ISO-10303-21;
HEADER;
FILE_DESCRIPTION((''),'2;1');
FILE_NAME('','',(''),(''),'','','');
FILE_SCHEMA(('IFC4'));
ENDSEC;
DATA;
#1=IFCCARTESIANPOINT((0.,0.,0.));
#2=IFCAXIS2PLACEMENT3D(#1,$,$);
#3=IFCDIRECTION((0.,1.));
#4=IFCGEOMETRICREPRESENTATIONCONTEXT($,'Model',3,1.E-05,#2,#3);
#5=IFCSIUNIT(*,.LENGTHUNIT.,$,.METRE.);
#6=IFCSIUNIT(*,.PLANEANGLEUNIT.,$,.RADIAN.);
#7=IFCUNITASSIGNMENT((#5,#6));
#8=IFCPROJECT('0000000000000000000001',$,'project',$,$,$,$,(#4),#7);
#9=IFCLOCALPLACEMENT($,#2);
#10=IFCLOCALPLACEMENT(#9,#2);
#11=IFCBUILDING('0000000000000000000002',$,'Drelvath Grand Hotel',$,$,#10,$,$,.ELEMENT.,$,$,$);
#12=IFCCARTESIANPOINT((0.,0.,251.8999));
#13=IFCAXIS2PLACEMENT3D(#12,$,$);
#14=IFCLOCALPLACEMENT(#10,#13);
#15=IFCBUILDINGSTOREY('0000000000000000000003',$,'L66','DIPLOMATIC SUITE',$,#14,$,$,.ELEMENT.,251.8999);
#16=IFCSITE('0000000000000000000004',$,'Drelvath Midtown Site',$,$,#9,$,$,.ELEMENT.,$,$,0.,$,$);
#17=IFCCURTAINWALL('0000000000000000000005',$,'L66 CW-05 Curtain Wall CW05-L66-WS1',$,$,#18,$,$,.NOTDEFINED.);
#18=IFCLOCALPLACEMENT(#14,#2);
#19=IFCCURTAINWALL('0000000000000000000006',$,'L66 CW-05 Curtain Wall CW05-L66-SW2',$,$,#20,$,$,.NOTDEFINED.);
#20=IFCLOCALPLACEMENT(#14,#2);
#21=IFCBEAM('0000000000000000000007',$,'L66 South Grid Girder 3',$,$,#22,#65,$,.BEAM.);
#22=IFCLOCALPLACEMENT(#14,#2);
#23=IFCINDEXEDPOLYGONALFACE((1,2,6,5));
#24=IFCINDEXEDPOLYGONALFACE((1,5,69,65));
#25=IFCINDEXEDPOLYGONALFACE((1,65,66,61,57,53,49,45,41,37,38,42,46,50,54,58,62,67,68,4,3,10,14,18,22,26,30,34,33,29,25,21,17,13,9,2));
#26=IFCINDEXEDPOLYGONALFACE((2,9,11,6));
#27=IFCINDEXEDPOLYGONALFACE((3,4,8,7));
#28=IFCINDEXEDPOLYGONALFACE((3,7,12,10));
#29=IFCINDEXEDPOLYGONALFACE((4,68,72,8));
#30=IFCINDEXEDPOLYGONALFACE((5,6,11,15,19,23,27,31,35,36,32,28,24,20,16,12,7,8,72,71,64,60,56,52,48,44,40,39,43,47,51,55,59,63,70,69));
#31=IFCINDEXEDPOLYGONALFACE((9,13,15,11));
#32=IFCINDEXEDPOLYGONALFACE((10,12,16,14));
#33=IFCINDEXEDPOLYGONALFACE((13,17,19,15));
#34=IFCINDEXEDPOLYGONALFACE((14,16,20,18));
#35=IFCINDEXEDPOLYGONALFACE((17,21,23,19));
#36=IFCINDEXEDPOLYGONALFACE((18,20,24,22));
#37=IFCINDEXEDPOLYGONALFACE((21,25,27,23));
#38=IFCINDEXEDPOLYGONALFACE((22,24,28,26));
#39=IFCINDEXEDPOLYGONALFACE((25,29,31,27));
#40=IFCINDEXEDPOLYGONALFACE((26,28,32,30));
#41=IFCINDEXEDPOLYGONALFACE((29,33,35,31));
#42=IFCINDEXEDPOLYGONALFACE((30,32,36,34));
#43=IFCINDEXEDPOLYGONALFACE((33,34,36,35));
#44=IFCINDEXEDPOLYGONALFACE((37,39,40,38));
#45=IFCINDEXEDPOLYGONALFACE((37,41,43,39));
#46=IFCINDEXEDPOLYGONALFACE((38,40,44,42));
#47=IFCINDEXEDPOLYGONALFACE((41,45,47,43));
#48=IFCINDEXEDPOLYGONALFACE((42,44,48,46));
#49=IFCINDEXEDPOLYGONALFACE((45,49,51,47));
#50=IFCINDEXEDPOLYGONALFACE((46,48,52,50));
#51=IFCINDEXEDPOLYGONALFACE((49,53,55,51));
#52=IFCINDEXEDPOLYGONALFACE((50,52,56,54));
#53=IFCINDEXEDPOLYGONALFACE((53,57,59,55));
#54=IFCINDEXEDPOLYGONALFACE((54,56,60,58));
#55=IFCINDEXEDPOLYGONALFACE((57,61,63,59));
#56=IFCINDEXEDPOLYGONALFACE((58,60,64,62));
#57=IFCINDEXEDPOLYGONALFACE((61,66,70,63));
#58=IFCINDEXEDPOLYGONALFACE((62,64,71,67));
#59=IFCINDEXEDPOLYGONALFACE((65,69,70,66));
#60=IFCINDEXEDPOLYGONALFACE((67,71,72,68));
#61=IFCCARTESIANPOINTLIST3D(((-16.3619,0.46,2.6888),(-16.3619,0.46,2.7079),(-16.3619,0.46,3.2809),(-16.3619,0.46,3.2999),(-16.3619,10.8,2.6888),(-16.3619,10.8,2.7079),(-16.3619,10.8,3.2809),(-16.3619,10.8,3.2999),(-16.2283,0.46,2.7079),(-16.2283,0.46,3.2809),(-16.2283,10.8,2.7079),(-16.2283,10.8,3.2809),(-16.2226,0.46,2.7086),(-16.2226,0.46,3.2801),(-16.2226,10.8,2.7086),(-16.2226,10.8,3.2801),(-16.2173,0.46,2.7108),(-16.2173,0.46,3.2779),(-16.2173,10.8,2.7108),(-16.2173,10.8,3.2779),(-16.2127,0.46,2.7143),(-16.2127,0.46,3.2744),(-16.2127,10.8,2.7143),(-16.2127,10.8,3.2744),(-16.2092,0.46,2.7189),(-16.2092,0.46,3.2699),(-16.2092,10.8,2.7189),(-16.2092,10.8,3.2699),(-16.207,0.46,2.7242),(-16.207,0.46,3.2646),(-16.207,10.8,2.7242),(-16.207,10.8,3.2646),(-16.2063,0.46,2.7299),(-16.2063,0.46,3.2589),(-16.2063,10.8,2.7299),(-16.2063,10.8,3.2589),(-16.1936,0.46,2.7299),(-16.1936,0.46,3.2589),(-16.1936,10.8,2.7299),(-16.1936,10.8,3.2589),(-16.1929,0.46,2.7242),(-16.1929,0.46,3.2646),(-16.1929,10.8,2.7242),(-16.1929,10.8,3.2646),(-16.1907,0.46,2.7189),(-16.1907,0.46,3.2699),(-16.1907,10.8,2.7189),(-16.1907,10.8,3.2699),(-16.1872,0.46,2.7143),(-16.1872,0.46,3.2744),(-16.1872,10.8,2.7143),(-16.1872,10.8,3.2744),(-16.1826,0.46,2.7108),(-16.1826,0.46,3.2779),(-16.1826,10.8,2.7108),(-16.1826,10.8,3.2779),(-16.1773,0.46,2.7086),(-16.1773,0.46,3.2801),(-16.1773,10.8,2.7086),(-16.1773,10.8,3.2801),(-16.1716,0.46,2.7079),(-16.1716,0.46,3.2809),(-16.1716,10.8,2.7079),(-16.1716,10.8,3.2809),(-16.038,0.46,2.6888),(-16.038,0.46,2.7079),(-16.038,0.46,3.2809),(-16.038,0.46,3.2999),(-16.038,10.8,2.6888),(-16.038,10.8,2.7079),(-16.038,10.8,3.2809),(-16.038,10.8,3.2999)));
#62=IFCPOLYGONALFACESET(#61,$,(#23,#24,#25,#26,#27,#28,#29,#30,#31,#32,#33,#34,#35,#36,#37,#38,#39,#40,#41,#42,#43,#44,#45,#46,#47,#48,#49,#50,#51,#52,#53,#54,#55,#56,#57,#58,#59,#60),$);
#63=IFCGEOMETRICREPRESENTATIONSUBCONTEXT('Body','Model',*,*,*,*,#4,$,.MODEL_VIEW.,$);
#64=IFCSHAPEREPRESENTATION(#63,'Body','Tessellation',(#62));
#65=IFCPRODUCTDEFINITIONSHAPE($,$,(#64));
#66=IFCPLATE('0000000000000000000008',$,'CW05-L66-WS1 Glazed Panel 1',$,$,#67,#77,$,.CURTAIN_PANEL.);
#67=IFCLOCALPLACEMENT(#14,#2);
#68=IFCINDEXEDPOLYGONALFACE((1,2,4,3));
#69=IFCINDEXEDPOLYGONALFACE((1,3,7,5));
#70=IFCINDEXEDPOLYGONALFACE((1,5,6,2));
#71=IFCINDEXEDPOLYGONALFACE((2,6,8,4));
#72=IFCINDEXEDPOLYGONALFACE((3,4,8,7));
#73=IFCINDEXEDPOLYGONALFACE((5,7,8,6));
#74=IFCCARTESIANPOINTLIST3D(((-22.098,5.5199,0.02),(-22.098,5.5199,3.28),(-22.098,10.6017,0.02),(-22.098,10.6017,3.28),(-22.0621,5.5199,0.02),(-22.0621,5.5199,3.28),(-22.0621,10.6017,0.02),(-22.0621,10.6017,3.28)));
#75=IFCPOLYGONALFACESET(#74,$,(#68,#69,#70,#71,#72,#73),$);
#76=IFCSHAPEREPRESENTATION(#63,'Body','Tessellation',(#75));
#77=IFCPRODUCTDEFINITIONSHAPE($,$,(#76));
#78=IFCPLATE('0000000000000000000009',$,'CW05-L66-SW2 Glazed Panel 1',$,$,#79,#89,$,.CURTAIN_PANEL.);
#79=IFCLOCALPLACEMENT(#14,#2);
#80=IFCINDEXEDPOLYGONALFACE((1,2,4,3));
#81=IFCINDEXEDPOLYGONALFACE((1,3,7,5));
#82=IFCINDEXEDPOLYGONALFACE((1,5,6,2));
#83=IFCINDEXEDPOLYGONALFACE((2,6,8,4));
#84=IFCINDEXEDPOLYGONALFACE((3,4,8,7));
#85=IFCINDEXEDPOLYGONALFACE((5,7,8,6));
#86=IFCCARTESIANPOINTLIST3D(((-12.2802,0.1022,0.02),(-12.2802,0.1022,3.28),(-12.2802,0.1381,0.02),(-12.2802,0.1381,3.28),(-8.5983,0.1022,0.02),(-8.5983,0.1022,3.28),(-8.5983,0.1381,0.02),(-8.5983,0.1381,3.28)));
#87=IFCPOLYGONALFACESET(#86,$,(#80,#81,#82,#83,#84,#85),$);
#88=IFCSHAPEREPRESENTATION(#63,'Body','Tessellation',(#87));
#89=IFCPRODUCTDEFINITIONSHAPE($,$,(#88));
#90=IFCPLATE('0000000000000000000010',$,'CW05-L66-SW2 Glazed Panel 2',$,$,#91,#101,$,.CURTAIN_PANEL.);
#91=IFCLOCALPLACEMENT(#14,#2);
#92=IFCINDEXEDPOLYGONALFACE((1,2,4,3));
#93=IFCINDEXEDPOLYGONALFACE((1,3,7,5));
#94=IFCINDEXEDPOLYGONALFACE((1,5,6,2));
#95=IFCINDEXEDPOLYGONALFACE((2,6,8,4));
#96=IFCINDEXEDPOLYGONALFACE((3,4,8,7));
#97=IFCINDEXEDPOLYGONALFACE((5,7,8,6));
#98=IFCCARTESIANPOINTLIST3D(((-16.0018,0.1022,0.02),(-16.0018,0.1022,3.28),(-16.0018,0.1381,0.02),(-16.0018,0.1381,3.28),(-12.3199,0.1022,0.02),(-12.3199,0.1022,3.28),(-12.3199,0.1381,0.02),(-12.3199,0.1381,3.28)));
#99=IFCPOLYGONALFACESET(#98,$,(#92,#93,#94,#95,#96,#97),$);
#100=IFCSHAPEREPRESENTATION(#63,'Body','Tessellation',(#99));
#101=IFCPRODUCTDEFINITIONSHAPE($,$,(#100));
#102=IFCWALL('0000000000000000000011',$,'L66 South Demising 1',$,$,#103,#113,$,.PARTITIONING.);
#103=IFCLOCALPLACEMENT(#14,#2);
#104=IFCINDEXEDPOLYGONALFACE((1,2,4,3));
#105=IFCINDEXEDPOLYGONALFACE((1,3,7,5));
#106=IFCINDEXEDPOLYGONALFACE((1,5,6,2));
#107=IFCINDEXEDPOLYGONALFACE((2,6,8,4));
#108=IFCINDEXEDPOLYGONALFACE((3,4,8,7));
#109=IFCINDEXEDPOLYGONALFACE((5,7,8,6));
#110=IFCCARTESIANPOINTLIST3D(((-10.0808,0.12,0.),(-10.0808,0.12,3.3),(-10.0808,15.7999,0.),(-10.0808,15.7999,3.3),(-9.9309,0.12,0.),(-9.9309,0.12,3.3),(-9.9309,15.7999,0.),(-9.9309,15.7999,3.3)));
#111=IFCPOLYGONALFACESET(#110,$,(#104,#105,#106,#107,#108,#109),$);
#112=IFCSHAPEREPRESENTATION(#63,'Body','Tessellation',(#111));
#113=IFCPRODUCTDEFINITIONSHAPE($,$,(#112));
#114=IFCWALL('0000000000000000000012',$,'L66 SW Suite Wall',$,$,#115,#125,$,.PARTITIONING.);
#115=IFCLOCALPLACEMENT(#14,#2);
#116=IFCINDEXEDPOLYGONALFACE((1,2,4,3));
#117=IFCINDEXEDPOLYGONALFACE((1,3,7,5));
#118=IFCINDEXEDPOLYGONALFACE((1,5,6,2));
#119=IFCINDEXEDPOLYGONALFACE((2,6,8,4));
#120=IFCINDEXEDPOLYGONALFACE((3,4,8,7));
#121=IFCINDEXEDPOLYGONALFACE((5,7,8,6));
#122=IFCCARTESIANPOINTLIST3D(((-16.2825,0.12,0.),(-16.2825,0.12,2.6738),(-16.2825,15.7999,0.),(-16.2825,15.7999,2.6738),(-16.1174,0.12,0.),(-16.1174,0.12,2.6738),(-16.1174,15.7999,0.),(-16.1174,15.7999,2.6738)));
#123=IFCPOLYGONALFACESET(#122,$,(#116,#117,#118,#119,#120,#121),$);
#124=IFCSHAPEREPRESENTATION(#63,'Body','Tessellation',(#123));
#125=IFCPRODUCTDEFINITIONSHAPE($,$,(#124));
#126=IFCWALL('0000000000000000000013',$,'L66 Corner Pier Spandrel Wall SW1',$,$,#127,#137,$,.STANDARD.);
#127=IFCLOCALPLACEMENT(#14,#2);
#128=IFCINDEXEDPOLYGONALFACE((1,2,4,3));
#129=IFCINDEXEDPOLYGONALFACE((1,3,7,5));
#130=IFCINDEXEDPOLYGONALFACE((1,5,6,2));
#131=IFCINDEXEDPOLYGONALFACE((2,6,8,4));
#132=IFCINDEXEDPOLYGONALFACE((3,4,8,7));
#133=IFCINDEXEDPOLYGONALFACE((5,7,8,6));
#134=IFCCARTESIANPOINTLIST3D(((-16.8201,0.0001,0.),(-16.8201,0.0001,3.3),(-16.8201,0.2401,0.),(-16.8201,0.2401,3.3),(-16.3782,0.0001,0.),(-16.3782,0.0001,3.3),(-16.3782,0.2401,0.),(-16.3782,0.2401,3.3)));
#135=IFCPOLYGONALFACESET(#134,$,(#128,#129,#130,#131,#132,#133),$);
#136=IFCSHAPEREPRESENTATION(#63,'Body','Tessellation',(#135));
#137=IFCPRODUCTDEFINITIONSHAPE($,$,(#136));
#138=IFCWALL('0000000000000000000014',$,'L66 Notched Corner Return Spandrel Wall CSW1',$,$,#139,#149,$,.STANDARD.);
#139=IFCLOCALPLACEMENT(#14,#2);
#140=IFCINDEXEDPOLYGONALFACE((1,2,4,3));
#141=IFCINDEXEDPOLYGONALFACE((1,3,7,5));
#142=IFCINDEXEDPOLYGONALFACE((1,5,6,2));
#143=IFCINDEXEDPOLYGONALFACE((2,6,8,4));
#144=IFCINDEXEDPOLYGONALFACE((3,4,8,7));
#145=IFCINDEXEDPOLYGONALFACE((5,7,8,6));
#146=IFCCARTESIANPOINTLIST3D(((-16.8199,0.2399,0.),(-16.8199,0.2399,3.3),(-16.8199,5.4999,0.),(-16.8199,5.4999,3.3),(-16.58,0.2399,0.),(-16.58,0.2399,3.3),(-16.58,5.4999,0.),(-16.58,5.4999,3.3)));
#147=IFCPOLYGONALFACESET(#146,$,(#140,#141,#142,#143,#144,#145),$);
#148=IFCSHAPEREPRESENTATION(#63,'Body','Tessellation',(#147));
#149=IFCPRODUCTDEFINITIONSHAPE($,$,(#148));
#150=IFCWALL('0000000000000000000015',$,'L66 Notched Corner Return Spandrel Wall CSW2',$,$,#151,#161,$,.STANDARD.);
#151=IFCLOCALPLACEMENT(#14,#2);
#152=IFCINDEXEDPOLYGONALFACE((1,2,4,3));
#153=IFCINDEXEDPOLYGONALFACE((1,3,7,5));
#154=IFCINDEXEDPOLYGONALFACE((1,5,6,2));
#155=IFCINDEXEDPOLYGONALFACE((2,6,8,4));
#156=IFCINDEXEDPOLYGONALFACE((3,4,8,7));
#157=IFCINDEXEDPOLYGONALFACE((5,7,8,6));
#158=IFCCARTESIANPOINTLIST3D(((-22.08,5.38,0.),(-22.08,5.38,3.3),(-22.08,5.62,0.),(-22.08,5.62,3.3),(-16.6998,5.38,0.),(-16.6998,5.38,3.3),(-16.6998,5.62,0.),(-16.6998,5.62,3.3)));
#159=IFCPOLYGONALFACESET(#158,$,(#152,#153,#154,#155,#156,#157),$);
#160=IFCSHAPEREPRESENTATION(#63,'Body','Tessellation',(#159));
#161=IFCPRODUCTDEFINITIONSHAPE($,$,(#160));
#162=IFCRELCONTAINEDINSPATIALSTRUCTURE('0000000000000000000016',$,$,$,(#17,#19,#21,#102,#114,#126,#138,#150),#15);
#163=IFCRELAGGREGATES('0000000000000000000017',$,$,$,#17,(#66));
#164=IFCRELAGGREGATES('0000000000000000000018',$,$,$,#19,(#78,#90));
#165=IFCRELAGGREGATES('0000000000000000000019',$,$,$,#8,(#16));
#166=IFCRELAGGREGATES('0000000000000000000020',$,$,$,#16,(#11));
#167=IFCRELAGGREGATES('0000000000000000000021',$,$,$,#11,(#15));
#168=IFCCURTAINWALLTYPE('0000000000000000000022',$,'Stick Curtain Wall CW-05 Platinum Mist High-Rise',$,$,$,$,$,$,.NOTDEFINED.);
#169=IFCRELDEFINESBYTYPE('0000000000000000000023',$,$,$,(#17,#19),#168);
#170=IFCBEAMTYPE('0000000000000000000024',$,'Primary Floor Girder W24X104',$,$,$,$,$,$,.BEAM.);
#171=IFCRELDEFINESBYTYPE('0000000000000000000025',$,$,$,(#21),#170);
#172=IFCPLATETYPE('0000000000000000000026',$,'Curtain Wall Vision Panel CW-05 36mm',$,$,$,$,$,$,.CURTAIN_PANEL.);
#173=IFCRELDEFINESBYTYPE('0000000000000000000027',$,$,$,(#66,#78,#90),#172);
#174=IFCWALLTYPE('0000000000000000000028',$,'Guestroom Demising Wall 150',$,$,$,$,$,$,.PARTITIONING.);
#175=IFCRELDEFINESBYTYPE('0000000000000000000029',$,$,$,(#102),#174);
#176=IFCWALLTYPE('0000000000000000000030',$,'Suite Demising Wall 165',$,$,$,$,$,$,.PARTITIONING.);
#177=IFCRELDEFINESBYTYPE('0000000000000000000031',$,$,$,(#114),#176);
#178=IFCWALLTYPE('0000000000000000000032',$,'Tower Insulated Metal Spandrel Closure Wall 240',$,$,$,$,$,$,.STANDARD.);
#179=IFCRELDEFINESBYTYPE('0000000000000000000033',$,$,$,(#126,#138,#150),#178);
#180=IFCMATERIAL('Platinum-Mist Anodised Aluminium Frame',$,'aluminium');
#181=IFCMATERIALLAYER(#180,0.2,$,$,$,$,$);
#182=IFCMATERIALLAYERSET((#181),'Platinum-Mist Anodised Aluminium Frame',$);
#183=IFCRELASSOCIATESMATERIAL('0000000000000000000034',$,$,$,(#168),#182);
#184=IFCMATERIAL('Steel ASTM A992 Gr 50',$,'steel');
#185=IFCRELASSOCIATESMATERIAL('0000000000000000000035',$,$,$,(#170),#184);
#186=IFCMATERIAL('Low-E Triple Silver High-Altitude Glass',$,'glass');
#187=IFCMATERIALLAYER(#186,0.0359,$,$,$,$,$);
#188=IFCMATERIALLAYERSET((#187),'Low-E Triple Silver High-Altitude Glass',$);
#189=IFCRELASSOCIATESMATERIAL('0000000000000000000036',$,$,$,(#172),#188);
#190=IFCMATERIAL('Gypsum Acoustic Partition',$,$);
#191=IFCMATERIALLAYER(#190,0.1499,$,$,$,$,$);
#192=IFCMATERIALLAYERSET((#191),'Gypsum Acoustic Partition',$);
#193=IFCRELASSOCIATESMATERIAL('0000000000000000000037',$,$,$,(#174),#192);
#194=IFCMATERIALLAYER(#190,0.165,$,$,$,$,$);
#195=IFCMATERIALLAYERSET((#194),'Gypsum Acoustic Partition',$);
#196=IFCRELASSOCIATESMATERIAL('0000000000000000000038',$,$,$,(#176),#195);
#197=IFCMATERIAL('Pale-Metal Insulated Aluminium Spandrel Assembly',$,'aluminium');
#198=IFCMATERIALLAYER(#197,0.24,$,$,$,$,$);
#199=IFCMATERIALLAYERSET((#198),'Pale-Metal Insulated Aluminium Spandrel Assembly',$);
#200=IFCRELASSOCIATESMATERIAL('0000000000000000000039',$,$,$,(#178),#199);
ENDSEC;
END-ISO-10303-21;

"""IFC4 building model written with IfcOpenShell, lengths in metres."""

from ifc_helpers import new_model, si_unit, direction, frame, frame_2d, origin, origin_2d, place, context, subcontext, project, spatial, rectangle, i_section, extrude, material, layer, layer_set, material_profile, profile_set, type_object, element, aggregate, save


model = new_model("IFC4")

# Units and contexts
model_context = context("Model", 3, precision=1e-05, world=origin(), true_north=direction((0.0, 1.0)))
body_context = subcontext(model_context, "Body", "Model", "MODEL_VIEW")
ifc_project = project(units=[si_unit("LENGTHUNIT", "METRE"), si_unit("PLANEANGLEUNIT", "RADIAN")], contexts=[model_context])

# Site, building, storey
site_placement = place(None, origin())
site = spatial("IfcSite", under=ifc_project, at=site_placement, Name="Drelvath Midtown Site", CompositionType="ELEMENT", RefElevation=0.0)
building_placement = place(site_placement, origin())
building = spatial("IfcBuilding", under=site, at=building_placement, Name="Drelvath Grand Hotel", CompositionType="ELEMENT")
storey_placement = place(building_placement, frame((0.0, 0.0, 251.8999)))
storey = spatial("IfcBuildingStorey", under=building, at=storey_placement, Name="L66", Description="DIPLOMATIC SUITE", CompositionType="ELEMENT", Elevation=251.8999)

# Curtain walls
ifc_material_1 = material(Name="Platinum-Mist Anodised Aluminium Frame", Category="aluminium")
ifc_layer_1 = layer(ifc_material_1, 0.2)
ifc_layer_set_1 = layer_set([ifc_layer_1], Name="Platinum-Mist Anodised Aluminium Frame")
curtain_wall_type = type_object("IfcCurtainWallType", Name="Stick Curtain Wall CW-05 Platinum Mist High-Rise", PredefinedType="NOTDEFINED", material=ifc_layer_set_1)
curtain_wall_1_placement = place(storey_placement, origin())
curtain_wall_1 = element("IfcCurtainWall", 1, at=curtain_wall_1_placement, inside=storey, type_object=curtain_wall_type, Name="L66 CW-05 Curtain Wall CW05-L66-WS1", PredefinedType="NOTDEFINED")
curtain_wall_2_placement = place(storey_placement, origin())
curtain_wall_2 = element("IfcCurtainWall", 2, at=curtain_wall_2_placement, inside=storey, type_object=curtain_wall_type, Name="L66 CW-05 Curtain Wall CW05-L66-SW2", PredefinedType="NOTDEFINED")

# Beam
ifc_material_2 = material(Name="Steel ASTM A992 Gr 50", Category="steel")
ifc_material_profile_1 = material_profile(ifc_material_2, i_section(OverallWidth=0.324, OverallDepth=0.6111, WebThickness=0.0127, FlangeThickness=0.019, FilletRadius=0.022, at=origin_2d()), Name="W24X104")
ifc_profile_set_1 = profile_set([ifc_material_profile_1], Name="Steel ASTM A992 Gr 50")
beam_type_1 = type_object("IfcBeamType", Name="Primary Floor Girder W24X104", PredefinedType="BEAM", material=ifc_profile_set_1)
beam_1_placement = place(storey_placement, frame((-16.2, 0.46, 2.9944), z_axis=(0.0, 1.0, 0.0), x_axis=(-1.0, 0.0, 0.0)))
element("IfcBeam", 3, at=beam_1_placement, inside=storey, type_object=beam_type_1, Name="L66 South Grid Girder 3", PredefinedType="BEAM", context=body_context, shape_type="SweptSolid", body=[
    extrude(i_section(OverallWidth=0.324, OverallDepth=0.6111, WebThickness=0.0127, FlangeThickness=0.019, FilletRadius=0.022, at=origin_2d()), origin(), (0.0, 0.0, 1.0), 10.3401),
])

# Plates
ifc_material_3 = material(Name="Low-E Triple Silver High-Altitude Glass", Category="glass")
ifc_layer_2 = layer(ifc_material_3, 0.0359)
ifc_layer_set_2 = layer_set([ifc_layer_2], Name="Low-E Triple Silver High-Altitude Glass")
plate_type = type_object("IfcPlateType", Name="Curtain Wall Vision Panel CW-05 36mm", PredefinedType="CURTAIN_PANEL", material=ifc_layer_set_2)
plate_1_placement = place(storey_placement, frame((-22.0801, 8.0608, 0.02), z_axis=(0.0, 0.0, 1.0), x_axis=(0.0, 1.0, 0.0)))
plate_1 = element("IfcPlate", 4, at=plate_1_placement, type_object=plate_type, Name="CW05-L66-WS1 Glazed Panel 1", PredefinedType="CURTAIN_PANEL", context=body_context, shape_type="SweptSolid", body=[
    extrude(rectangle(XDim=5.0818, YDim=0.0359, at=origin_2d()), origin(), (0.0, 0.0, 1.0), 3.26),
])
aggregate(curtain_wall_1, [plate_1])
plate_2_placement = place(storey_placement, frame((-10.4392, 0.1201, 0.02), z_axis=(0.0, 0.0, 1.0), x_axis=(-1.0, 0.0, 0.0)))
plate_2 = element("IfcPlate", 5, at=plate_2_placement, type_object=plate_type, Name="CW05-L66-SW2 Glazed Panel 1", PredefinedType="CURTAIN_PANEL", context=body_context, shape_type="SweptSolid", body=[
    extrude(rectangle(XDim=3.6819, YDim=0.0359, at=origin_2d()), origin(), (0.0, 0.0, 1.0), 3.26),
])
plate_3_placement = place(storey_placement, frame((-14.1609, 0.1201, 0.02), z_axis=(0.0, 0.0, 1.0), x_axis=(-1.0, 0.0, 0.0)))
plate_3 = element("IfcPlate", 6, at=plate_3_placement, type_object=plate_type, Name="CW05-L66-SW2 Glazed Panel 2", PredefinedType="CURTAIN_PANEL", context=body_context, shape_type="SweptSolid", body=[
    extrude(rectangle(XDim=3.6819, YDim=0.0359, at=origin_2d()), origin(), (0.0, 0.0, 1.0), 3.26),
])
aggregate(curtain_wall_2, [plate_2, plate_3])

# Walls
ifc_material_4 = material(Name="Gypsum Acoustic Partition")
ifc_layer_3 = layer(ifc_material_4, 0.1499)
ifc_layer_set_3 = layer_set([ifc_layer_3], Name="Gypsum Acoustic Partition")
wall_type_1 = type_object("IfcWallType", Name="Guestroom Demising Wall 150", PredefinedType="PARTITIONING", material=ifc_layer_set_3)
wall_1_placement = place(storey_placement, frame((-10.0059, 0.1201, 0.0), z_axis=(0.0, 0.0, 1.0), x_axis=(0.0, 1.0, 0.0)))
element("IfcWall", 7, at=wall_1_placement, inside=storey, type_object=wall_type_1, Name="L66 South Demising 1", PredefinedType="PARTITIONING", context=body_context, shape_type="SweptSolid", body=[
    extrude(rectangle(XDim=15.6799, YDim=0.1499, at=frame_2d((7.8398, 0.0))), origin(), (0.0, 0.0, 1.0), 3.3),
])
ifc_layer_4 = layer(ifc_material_4, 0.165)
ifc_layer_set_4 = layer_set([ifc_layer_4], Name="Gypsum Acoustic Partition")
wall_type_2 = type_object("IfcWallType", Name="Suite Demising Wall 165", PredefinedType="PARTITIONING", material=ifc_layer_set_4)
wall_2_placement = place(storey_placement, frame((-16.2, 0.1201, 0.0), z_axis=(0.0, 0.0, 1.0), x_axis=(0.0, 1.0, 0.0)))
element("IfcWall", 8, at=wall_2_placement, inside=storey, type_object=wall_type_2, Name="L66 SW Suite Wall", PredefinedType="PARTITIONING", context=body_context, shape_type="SweptSolid", body=[
    extrude(rectangle(XDim=15.6799, YDim=0.165, at=frame_2d((7.8398, 0.0))), origin(), (0.0, 0.0, 1.0), 2.6738),
])
ifc_material_5 = material(Name="Pale-Metal Insulated Aluminium Spandrel Assembly", Category="aluminium")
ifc_layer_5 = layer(ifc_material_5, 0.24)
ifc_layer_set_5 = layer_set([ifc_layer_5], Name="Pale-Metal Insulated Aluminium Spandrel Assembly")
wall_type_3 = type_object("IfcWallType", Name="Tower Insulated Metal Spandrel Closure Wall 240", PredefinedType="STANDARD", material=ifc_layer_set_5)
wall_3_placement = place(storey_placement, frame((-16.3782, 0.1201, 0.0), z_axis=(0.0, 0.0, 1.0), x_axis=(-1.0, 0.0, 0.0)))
element("IfcWall", 9, at=wall_3_placement, inside=storey, type_object=wall_type_3, Name="L66 Corner Pier Spandrel Wall SW1", PredefinedType="STANDARD", context=body_context, shape_type="SweptSolid", body=[
    extrude(rectangle(XDim=0.4419, YDim=0.24, at=frame_2d((0.2209, 0.0))), origin(), (0.0, 0.0, 1.0), 3.3),
])
wall_4_placement = place(storey_placement, frame((-16.7, 0.24, 0.0), z_axis=(0.0, 0.0, 1.0), x_axis=(0.0, 1.0, 0.0)))
element("IfcWall", 10, at=wall_4_placement, inside=storey, type_object=wall_type_3, Name="L66 Notched Corner Return Spandrel Wall CSW1", PredefinedType="STANDARD", context=body_context, shape_type="SweptSolid", body=[
    extrude(rectangle(XDim=5.26, YDim=0.24, at=frame_2d((2.6299, 0.0))), origin(), (0.0, 0.0, 1.0), 3.3),
])
wall_5_placement = place(storey_placement, frame((-16.7, 5.5, 0.0), z_axis=(0.0, 0.0, 1.0), x_axis=(-1.0, 0.0, 0.0)))
element("IfcWall", 11, at=wall_5_placement, inside=storey, type_object=wall_type_3, Name="L66 Notched Corner Return Spandrel Wall CSW2", PredefinedType="STANDARD", context=body_context, shape_type="SweptSolid", body=[
    extrude(rectangle(XDim=5.3801, YDim=0.24, at=frame_2d((2.6899, 0.0))), origin(), (0.0, 0.0, 1.0), 3.3),
])

save(model, "model.ifc")
